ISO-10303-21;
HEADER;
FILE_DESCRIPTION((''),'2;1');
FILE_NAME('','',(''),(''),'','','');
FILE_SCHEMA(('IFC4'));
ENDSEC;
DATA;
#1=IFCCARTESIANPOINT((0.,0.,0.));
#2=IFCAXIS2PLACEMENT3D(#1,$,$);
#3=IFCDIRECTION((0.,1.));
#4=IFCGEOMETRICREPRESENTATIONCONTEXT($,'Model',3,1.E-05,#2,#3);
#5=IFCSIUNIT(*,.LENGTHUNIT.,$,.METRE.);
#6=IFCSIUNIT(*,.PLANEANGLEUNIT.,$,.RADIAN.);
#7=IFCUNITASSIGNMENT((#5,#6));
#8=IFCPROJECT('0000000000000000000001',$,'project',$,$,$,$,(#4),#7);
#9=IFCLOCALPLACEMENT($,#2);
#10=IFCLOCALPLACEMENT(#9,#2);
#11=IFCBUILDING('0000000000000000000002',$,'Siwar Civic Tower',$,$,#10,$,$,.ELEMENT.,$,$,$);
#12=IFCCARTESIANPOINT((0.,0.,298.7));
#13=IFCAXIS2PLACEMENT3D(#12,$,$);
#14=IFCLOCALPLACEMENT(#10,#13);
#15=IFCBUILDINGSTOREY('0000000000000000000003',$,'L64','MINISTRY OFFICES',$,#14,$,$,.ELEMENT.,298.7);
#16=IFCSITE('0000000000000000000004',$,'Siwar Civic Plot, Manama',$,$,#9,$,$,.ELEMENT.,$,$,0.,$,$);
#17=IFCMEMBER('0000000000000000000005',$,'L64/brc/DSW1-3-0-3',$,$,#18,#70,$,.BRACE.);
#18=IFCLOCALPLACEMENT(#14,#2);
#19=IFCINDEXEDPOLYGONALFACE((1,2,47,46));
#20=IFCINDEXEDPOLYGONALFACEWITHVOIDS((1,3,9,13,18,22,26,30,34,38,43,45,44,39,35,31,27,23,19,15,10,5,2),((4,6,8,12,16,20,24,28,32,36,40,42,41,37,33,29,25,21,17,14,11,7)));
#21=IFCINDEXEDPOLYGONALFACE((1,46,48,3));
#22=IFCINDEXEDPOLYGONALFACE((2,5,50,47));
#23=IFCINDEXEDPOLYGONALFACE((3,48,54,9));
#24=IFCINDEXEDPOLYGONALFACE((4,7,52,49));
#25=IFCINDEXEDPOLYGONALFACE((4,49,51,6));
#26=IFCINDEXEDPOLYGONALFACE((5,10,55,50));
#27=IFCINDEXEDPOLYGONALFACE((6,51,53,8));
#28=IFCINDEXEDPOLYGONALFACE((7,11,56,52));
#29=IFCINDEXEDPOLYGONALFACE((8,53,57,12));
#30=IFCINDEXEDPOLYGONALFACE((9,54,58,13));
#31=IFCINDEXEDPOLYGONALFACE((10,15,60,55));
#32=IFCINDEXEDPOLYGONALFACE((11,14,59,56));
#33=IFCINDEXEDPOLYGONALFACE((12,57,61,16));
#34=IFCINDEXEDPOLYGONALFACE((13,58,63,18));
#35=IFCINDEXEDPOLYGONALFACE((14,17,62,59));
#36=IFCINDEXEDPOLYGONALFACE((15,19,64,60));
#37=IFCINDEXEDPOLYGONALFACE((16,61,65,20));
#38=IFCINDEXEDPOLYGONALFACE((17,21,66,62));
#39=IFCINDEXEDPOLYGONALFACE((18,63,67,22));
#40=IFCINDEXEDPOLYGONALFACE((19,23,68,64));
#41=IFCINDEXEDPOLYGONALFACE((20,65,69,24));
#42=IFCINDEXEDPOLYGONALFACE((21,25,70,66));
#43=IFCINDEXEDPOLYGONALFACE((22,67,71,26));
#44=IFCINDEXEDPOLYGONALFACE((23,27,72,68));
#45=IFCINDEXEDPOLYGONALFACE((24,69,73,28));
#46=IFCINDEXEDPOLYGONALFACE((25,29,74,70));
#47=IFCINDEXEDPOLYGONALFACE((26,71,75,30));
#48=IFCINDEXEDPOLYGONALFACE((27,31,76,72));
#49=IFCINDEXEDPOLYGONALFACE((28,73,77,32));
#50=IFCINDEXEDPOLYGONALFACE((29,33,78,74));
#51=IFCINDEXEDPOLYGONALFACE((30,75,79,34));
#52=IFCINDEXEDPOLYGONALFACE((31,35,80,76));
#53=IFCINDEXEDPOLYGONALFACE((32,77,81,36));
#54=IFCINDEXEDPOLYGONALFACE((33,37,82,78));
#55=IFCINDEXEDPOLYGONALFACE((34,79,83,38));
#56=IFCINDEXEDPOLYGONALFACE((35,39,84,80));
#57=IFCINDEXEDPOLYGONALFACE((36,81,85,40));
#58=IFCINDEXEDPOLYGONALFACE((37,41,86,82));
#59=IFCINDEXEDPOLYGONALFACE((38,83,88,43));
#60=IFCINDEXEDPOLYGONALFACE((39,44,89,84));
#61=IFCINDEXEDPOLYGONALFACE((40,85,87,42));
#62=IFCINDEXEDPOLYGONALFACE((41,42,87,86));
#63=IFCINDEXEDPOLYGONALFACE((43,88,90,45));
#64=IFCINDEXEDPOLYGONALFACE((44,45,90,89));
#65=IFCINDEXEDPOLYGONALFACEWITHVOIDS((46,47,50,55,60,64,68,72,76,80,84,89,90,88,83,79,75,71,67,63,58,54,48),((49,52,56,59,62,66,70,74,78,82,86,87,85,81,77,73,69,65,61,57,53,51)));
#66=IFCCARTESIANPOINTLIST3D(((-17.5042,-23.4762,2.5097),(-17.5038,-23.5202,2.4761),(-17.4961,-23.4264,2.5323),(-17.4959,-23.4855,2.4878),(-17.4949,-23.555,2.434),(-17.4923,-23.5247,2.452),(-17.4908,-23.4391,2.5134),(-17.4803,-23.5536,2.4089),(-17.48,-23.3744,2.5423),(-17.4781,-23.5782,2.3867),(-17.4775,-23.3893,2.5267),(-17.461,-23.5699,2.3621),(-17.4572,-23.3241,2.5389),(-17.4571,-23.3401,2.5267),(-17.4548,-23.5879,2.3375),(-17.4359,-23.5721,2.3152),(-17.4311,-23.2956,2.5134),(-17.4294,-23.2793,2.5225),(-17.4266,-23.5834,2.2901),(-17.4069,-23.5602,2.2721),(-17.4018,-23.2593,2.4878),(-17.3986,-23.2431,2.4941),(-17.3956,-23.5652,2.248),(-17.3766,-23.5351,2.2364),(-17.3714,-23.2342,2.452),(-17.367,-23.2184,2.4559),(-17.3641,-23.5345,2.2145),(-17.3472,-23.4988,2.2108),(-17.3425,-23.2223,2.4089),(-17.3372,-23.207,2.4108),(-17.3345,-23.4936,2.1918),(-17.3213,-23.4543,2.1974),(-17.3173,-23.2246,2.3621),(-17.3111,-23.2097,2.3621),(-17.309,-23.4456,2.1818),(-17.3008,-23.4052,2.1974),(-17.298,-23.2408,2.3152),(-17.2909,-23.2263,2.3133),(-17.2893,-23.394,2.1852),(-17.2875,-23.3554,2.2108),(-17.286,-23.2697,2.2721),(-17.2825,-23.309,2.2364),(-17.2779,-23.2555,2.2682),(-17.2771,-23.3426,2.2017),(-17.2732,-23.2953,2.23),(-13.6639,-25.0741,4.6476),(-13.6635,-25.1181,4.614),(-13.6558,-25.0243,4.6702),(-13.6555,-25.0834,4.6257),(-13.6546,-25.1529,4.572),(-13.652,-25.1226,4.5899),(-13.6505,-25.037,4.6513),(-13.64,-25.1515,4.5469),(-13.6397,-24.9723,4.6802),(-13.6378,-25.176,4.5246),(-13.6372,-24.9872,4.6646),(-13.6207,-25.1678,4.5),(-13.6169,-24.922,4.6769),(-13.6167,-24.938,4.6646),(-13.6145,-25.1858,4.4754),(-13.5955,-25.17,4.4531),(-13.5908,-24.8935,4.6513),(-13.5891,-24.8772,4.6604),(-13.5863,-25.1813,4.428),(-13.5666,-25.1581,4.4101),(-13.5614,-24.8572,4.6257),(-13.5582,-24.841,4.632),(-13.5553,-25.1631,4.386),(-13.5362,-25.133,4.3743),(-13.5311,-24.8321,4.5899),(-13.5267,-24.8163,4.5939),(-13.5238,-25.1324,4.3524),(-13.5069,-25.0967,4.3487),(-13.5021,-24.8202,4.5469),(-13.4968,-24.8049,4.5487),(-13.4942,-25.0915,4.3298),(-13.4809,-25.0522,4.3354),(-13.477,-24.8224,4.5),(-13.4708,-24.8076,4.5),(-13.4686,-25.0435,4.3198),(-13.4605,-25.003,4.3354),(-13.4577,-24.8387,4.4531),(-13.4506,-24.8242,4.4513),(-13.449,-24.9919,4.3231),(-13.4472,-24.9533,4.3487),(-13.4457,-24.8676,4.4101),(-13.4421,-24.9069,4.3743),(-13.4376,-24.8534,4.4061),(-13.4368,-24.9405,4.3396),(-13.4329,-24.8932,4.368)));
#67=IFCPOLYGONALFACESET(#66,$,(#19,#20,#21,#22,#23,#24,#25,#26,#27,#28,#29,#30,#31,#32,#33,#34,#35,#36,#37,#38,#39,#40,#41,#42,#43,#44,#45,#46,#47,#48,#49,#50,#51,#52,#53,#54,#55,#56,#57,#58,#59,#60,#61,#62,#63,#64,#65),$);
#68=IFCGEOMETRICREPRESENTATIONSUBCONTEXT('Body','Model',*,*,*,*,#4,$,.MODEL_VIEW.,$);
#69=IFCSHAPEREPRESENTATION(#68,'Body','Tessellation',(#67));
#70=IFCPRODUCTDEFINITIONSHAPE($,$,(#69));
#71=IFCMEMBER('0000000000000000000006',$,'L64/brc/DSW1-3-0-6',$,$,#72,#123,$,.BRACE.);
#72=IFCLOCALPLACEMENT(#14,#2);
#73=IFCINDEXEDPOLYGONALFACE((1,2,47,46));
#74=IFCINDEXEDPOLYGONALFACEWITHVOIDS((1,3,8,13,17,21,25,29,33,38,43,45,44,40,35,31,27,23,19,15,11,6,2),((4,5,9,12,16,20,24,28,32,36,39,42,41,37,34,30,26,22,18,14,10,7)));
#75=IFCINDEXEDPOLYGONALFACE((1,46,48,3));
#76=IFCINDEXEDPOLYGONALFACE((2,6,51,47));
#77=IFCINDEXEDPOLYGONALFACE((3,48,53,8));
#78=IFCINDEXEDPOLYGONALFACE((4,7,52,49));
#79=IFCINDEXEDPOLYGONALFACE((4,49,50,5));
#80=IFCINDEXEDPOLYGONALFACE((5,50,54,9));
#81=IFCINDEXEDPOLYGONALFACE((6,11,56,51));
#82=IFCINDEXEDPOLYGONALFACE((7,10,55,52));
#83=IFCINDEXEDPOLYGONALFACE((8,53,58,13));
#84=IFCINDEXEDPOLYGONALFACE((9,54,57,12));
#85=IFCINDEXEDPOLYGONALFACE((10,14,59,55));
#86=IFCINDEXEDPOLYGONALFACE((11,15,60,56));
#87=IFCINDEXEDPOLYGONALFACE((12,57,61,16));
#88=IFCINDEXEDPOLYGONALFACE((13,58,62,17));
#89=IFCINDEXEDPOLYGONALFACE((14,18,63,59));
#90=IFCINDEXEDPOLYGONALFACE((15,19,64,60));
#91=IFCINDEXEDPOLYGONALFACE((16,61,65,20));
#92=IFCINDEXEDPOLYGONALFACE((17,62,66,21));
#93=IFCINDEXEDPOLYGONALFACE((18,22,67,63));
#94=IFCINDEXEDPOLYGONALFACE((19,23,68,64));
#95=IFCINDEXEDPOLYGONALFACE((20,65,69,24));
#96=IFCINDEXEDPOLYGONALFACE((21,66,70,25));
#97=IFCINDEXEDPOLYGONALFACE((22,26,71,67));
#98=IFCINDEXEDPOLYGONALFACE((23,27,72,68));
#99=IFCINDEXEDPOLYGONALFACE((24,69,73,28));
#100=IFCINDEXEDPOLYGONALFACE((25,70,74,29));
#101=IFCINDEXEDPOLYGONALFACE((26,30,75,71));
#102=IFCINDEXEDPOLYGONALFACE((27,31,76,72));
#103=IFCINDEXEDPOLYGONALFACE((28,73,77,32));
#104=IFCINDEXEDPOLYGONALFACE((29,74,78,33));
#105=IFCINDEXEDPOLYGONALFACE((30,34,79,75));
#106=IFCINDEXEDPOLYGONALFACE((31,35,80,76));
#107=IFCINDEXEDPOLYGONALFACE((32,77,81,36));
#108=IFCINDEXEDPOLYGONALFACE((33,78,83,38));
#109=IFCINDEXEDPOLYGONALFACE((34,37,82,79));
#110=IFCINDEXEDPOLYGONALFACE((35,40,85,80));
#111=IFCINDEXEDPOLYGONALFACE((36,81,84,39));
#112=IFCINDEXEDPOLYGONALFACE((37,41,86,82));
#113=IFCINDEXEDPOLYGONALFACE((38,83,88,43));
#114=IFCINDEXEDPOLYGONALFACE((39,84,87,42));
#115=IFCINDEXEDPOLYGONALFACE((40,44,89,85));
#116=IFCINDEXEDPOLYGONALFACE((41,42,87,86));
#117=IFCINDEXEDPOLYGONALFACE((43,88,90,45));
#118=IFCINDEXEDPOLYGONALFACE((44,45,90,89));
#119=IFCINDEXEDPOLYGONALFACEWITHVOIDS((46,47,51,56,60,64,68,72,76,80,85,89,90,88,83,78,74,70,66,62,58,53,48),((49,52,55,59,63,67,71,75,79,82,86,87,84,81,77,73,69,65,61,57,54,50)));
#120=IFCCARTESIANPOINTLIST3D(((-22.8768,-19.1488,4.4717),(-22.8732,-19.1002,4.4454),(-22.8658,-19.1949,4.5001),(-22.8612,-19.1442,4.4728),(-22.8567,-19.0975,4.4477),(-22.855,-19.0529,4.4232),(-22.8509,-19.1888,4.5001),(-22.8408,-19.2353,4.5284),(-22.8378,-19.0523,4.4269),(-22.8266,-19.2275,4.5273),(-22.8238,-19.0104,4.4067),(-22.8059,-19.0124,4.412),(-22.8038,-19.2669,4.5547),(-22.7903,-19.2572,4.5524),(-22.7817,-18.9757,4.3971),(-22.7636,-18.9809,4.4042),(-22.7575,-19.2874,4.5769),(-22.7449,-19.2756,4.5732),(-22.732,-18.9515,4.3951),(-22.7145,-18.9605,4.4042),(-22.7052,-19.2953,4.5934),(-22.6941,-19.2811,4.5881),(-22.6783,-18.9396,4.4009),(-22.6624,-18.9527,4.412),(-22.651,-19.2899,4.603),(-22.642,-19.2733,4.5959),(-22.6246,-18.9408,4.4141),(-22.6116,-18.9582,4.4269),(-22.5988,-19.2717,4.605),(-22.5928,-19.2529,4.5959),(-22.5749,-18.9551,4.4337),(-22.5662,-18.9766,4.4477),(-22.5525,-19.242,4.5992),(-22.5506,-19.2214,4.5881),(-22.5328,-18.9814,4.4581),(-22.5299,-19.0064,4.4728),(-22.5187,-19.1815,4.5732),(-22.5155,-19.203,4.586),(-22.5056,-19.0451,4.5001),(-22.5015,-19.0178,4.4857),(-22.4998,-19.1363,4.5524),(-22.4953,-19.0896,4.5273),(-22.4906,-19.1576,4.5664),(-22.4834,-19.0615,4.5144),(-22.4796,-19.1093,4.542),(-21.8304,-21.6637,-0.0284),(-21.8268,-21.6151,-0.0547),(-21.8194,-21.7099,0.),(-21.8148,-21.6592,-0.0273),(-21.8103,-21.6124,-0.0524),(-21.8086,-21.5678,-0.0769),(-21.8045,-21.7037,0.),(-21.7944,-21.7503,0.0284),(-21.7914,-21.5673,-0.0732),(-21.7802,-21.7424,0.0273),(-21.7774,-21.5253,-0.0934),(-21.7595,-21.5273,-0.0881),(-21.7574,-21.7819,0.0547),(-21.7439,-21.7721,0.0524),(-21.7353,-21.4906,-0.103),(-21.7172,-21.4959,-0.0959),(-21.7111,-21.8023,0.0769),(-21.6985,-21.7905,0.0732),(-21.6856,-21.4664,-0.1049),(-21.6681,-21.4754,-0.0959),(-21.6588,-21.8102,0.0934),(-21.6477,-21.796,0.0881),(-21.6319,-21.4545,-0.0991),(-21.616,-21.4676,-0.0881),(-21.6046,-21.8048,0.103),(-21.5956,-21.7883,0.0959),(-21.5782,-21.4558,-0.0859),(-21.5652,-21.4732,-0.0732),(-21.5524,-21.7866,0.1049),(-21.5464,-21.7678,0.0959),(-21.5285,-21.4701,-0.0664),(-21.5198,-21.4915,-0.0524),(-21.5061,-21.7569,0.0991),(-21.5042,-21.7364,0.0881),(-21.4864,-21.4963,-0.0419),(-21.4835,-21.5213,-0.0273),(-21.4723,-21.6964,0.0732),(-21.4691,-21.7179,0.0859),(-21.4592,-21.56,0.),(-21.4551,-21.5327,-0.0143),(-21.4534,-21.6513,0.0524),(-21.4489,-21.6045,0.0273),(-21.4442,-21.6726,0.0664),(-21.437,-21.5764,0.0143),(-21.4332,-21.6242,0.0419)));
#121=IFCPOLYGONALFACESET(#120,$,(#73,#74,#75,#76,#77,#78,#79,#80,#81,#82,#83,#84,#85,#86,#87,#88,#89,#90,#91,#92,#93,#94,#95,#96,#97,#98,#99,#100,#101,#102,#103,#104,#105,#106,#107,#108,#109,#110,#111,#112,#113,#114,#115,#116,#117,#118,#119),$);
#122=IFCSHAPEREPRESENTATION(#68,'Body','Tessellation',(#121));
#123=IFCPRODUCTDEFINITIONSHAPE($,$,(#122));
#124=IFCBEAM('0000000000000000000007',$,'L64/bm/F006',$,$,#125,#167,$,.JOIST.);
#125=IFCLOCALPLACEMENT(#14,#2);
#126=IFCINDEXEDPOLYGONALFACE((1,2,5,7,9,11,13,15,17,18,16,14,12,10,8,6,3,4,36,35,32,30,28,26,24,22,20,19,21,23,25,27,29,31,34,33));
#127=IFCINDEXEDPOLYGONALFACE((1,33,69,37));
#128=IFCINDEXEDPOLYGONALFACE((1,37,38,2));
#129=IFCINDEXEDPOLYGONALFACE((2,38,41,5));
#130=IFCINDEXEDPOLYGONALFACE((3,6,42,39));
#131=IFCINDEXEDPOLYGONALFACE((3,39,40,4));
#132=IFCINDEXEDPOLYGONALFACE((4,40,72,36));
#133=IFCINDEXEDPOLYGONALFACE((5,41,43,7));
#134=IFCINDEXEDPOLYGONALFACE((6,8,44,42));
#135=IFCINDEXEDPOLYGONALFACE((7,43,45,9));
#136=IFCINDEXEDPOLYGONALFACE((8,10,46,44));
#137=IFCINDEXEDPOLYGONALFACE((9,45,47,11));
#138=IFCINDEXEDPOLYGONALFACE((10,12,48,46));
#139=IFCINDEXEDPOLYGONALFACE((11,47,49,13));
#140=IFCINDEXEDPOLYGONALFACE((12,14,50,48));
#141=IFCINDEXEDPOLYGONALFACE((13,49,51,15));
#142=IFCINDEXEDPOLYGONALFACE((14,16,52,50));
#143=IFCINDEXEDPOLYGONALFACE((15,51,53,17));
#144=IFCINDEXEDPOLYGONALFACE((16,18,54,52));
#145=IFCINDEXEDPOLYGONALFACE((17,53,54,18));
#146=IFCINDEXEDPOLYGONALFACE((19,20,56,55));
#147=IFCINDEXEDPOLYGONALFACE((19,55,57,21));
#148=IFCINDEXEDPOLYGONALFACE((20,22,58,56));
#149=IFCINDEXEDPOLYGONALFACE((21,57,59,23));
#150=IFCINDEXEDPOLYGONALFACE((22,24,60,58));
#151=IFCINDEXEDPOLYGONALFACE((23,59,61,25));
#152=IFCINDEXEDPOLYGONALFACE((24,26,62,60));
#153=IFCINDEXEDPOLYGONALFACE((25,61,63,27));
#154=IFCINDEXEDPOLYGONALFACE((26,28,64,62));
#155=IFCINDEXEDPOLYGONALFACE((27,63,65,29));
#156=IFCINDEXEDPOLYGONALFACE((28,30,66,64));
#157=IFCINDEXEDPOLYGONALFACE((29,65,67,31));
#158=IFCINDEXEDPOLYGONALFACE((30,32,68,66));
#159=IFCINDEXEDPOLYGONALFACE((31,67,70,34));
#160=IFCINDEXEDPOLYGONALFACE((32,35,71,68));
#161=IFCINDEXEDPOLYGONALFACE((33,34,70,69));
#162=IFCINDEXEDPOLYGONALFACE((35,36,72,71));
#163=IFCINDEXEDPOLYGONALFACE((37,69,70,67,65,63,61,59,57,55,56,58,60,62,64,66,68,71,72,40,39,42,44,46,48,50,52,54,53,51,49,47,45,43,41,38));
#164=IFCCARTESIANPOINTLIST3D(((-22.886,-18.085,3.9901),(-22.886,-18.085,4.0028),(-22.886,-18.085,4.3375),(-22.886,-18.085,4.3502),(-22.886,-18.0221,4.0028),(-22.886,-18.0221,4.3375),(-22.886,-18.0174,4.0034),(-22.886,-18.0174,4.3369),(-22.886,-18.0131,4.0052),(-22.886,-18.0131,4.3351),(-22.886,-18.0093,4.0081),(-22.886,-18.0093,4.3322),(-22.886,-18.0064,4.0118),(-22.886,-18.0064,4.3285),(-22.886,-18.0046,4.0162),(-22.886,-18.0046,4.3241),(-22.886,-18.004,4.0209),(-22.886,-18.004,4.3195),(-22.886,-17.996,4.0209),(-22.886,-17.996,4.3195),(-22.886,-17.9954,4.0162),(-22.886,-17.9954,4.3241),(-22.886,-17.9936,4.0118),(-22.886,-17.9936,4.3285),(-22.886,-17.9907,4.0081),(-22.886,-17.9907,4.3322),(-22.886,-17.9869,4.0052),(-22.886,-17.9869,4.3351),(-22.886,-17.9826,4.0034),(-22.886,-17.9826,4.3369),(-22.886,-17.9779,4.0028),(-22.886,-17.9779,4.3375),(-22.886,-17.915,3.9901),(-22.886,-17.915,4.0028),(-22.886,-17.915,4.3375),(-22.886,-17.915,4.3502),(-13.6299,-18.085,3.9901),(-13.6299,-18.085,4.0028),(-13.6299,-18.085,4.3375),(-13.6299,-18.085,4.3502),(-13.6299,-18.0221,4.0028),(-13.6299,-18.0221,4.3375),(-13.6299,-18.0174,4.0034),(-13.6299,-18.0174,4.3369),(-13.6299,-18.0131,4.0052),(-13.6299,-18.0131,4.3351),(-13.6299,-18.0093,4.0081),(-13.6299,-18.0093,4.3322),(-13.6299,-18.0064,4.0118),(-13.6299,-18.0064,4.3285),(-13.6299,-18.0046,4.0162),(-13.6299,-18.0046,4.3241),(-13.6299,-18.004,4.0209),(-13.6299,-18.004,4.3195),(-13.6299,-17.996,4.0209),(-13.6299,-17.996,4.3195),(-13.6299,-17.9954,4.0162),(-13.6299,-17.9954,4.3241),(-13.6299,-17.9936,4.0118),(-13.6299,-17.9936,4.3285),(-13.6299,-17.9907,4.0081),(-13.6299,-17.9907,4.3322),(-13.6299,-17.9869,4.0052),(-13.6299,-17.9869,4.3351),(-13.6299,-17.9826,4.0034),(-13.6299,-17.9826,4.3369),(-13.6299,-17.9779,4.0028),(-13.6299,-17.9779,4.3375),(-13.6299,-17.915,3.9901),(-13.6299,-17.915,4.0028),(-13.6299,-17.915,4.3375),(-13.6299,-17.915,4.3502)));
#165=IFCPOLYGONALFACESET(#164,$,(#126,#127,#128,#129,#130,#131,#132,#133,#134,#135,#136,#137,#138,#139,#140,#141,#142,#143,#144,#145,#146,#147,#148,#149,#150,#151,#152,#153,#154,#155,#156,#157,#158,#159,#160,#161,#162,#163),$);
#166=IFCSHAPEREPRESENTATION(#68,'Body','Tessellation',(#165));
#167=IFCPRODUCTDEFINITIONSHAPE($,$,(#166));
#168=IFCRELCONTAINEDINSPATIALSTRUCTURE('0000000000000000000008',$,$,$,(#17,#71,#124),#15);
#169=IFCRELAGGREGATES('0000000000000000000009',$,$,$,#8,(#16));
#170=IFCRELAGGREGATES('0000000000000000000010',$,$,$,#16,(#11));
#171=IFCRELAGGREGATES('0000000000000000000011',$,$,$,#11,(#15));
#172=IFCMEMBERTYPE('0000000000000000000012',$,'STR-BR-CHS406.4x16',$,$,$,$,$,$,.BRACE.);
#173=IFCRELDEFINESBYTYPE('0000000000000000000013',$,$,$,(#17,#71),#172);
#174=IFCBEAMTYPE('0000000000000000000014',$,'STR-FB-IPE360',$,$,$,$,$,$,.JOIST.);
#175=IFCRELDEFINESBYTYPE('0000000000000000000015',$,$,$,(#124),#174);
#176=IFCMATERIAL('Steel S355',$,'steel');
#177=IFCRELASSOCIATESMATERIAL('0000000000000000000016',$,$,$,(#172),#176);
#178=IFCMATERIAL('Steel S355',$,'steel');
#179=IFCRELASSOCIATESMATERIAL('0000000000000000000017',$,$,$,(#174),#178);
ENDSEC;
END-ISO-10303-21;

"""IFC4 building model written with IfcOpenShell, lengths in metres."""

from ifc_helpers import new_model, si_unit, direction, frame, origin, origin_2d, place, context, subcontext, project, spatial, hollow_circle, i_section, extrude, material, material_profile, profile_set, type_object, element, save


model = new_model("IFC4")

# Units and contexts
model_context = context("Model", 3, precision=1e-05, world=origin(), true_north=direction((0.0, 1.0)))
body_context = subcontext(model_context, "Body", "Model", "MODEL_VIEW")
ifc_project = project(units=[si_unit("LENGTHUNIT", "METRE"), si_unit("PLANEANGLEUNIT", "RADIAN")], contexts=[model_context])

# Site, building, storey
site_placement = place(None, origin())
site = spatial("IfcSite", under=ifc_project, at=site_placement, Name="Siwar Civic Plot, Manama", CompositionType="ELEMENT", RefElevation=0.0)
building_placement = place(site_placement, origin())
building = spatial("IfcBuilding", under=site, at=building_placement, Name="Siwar Civic Tower", CompositionType="ELEMENT")
storey_placement = place(building_placement, frame((0.0, 0.0, 298.7)))
storey = spatial("IfcBuildingStorey", under=building, at=storey_placement, Name="L64", Description="MINISTRY OFFICES", CompositionType="ELEMENT", Elevation=298.7)

# Members
ifc_material_1 = material(Name="Steel S355", Category="steel")
ifc_material_profile_1 = material_profile(ifc_material_1, hollow_circle(Radius=0.2031, WallThickness=0.0161, at=origin_2d()), Name="CHS406.4x16")
ifc_profile_set_1 = profile_set([ifc_material_profile_1], Name="Steel S355")
member_type_1 = type_object("IfcMemberType", Name="STR-BR-CHS406.4x16", PredefinedType="BRACE", material=ifc_profile_set_1)
member_1_placement = place(storey_placement, frame((-17.3892, -23.3972, 2.3621), z_axis=(0.82115, -0.341667, 0.45714), x_axis=(0.384157, 0.923268, 0.0)))
element("IfcMember", 1, at=member_1_placement, inside=storey, type_object=member_type_1, Name="L64/brc/DSW1-3-0-3", PredefinedType="BRACE", context=body_context, shape_type="SweptSolid", body=[
    extrude(hollow_circle(Radius=0.2031, WallThickness=0.0161, at=origin_2d()), origin(), (0.0, 0.0, 1.0), 4.6768),
])
member_2_placement = place(storey_placement, frame((-21.6318, -21.6318, 0.0), z_axis=(-0.198926, 0.478099, 0.855482), x_axis=(-0.92327, -0.384151, 0.0)))
element("IfcMember", 2, at=member_2_placement, inside=storey, type_object=member_type_1, Name="L64/brc/DSW1-3-0-6", PredefinedType="BRACE", context=body_context, shape_type="SweptSolid", body=[
    extrude(hollow_circle(Radius=0.2031, WallThickness=0.0161, at=origin_2d()), origin(), (0.0, 0.0, 1.0), 5.2603),
])

# Beam
ifc_material_2 = material(Name="Steel S355", Category="steel")
ifc_material_profile_2 = material_profile(ifc_material_2, i_section(OverallWidth=0.1699, OverallDepth=0.3601, WebThickness=0.0081, FlangeThickness=0.0127, FilletRadius=0.0181, at=origin_2d()), Name="IPE360")
ifc_profile_set_2 = profile_set([ifc_material_profile_2], Name="Steel S355")
beam_type_1 = type_object("IfcBeamType", Name="STR-FB-IPE360", PredefinedType="JOIST", material=ifc_profile_set_2)
beam_1_placement = place(storey_placement, frame((-22.886, -18.0, 4.1702), z_axis=(1.0, 0.0, 0.0), x_axis=(0.0, 1.0, 0.0)))
element("IfcBeam", 3, at=beam_1_placement, inside=storey, type_object=beam_type_1, Name="L64/bm/F006", PredefinedType="JOIST", context=body_context, shape_type="SweptSolid", body=[
    extrude(i_section(OverallWidth=0.1699, OverallDepth=0.3601, WebThickness=0.0081, FlangeThickness=0.0127, FilletRadius=0.0181, at=origin_2d()), origin(), (0.0, 0.0, 1.0), 9.2561),
])

save(model, "model.ifc")
